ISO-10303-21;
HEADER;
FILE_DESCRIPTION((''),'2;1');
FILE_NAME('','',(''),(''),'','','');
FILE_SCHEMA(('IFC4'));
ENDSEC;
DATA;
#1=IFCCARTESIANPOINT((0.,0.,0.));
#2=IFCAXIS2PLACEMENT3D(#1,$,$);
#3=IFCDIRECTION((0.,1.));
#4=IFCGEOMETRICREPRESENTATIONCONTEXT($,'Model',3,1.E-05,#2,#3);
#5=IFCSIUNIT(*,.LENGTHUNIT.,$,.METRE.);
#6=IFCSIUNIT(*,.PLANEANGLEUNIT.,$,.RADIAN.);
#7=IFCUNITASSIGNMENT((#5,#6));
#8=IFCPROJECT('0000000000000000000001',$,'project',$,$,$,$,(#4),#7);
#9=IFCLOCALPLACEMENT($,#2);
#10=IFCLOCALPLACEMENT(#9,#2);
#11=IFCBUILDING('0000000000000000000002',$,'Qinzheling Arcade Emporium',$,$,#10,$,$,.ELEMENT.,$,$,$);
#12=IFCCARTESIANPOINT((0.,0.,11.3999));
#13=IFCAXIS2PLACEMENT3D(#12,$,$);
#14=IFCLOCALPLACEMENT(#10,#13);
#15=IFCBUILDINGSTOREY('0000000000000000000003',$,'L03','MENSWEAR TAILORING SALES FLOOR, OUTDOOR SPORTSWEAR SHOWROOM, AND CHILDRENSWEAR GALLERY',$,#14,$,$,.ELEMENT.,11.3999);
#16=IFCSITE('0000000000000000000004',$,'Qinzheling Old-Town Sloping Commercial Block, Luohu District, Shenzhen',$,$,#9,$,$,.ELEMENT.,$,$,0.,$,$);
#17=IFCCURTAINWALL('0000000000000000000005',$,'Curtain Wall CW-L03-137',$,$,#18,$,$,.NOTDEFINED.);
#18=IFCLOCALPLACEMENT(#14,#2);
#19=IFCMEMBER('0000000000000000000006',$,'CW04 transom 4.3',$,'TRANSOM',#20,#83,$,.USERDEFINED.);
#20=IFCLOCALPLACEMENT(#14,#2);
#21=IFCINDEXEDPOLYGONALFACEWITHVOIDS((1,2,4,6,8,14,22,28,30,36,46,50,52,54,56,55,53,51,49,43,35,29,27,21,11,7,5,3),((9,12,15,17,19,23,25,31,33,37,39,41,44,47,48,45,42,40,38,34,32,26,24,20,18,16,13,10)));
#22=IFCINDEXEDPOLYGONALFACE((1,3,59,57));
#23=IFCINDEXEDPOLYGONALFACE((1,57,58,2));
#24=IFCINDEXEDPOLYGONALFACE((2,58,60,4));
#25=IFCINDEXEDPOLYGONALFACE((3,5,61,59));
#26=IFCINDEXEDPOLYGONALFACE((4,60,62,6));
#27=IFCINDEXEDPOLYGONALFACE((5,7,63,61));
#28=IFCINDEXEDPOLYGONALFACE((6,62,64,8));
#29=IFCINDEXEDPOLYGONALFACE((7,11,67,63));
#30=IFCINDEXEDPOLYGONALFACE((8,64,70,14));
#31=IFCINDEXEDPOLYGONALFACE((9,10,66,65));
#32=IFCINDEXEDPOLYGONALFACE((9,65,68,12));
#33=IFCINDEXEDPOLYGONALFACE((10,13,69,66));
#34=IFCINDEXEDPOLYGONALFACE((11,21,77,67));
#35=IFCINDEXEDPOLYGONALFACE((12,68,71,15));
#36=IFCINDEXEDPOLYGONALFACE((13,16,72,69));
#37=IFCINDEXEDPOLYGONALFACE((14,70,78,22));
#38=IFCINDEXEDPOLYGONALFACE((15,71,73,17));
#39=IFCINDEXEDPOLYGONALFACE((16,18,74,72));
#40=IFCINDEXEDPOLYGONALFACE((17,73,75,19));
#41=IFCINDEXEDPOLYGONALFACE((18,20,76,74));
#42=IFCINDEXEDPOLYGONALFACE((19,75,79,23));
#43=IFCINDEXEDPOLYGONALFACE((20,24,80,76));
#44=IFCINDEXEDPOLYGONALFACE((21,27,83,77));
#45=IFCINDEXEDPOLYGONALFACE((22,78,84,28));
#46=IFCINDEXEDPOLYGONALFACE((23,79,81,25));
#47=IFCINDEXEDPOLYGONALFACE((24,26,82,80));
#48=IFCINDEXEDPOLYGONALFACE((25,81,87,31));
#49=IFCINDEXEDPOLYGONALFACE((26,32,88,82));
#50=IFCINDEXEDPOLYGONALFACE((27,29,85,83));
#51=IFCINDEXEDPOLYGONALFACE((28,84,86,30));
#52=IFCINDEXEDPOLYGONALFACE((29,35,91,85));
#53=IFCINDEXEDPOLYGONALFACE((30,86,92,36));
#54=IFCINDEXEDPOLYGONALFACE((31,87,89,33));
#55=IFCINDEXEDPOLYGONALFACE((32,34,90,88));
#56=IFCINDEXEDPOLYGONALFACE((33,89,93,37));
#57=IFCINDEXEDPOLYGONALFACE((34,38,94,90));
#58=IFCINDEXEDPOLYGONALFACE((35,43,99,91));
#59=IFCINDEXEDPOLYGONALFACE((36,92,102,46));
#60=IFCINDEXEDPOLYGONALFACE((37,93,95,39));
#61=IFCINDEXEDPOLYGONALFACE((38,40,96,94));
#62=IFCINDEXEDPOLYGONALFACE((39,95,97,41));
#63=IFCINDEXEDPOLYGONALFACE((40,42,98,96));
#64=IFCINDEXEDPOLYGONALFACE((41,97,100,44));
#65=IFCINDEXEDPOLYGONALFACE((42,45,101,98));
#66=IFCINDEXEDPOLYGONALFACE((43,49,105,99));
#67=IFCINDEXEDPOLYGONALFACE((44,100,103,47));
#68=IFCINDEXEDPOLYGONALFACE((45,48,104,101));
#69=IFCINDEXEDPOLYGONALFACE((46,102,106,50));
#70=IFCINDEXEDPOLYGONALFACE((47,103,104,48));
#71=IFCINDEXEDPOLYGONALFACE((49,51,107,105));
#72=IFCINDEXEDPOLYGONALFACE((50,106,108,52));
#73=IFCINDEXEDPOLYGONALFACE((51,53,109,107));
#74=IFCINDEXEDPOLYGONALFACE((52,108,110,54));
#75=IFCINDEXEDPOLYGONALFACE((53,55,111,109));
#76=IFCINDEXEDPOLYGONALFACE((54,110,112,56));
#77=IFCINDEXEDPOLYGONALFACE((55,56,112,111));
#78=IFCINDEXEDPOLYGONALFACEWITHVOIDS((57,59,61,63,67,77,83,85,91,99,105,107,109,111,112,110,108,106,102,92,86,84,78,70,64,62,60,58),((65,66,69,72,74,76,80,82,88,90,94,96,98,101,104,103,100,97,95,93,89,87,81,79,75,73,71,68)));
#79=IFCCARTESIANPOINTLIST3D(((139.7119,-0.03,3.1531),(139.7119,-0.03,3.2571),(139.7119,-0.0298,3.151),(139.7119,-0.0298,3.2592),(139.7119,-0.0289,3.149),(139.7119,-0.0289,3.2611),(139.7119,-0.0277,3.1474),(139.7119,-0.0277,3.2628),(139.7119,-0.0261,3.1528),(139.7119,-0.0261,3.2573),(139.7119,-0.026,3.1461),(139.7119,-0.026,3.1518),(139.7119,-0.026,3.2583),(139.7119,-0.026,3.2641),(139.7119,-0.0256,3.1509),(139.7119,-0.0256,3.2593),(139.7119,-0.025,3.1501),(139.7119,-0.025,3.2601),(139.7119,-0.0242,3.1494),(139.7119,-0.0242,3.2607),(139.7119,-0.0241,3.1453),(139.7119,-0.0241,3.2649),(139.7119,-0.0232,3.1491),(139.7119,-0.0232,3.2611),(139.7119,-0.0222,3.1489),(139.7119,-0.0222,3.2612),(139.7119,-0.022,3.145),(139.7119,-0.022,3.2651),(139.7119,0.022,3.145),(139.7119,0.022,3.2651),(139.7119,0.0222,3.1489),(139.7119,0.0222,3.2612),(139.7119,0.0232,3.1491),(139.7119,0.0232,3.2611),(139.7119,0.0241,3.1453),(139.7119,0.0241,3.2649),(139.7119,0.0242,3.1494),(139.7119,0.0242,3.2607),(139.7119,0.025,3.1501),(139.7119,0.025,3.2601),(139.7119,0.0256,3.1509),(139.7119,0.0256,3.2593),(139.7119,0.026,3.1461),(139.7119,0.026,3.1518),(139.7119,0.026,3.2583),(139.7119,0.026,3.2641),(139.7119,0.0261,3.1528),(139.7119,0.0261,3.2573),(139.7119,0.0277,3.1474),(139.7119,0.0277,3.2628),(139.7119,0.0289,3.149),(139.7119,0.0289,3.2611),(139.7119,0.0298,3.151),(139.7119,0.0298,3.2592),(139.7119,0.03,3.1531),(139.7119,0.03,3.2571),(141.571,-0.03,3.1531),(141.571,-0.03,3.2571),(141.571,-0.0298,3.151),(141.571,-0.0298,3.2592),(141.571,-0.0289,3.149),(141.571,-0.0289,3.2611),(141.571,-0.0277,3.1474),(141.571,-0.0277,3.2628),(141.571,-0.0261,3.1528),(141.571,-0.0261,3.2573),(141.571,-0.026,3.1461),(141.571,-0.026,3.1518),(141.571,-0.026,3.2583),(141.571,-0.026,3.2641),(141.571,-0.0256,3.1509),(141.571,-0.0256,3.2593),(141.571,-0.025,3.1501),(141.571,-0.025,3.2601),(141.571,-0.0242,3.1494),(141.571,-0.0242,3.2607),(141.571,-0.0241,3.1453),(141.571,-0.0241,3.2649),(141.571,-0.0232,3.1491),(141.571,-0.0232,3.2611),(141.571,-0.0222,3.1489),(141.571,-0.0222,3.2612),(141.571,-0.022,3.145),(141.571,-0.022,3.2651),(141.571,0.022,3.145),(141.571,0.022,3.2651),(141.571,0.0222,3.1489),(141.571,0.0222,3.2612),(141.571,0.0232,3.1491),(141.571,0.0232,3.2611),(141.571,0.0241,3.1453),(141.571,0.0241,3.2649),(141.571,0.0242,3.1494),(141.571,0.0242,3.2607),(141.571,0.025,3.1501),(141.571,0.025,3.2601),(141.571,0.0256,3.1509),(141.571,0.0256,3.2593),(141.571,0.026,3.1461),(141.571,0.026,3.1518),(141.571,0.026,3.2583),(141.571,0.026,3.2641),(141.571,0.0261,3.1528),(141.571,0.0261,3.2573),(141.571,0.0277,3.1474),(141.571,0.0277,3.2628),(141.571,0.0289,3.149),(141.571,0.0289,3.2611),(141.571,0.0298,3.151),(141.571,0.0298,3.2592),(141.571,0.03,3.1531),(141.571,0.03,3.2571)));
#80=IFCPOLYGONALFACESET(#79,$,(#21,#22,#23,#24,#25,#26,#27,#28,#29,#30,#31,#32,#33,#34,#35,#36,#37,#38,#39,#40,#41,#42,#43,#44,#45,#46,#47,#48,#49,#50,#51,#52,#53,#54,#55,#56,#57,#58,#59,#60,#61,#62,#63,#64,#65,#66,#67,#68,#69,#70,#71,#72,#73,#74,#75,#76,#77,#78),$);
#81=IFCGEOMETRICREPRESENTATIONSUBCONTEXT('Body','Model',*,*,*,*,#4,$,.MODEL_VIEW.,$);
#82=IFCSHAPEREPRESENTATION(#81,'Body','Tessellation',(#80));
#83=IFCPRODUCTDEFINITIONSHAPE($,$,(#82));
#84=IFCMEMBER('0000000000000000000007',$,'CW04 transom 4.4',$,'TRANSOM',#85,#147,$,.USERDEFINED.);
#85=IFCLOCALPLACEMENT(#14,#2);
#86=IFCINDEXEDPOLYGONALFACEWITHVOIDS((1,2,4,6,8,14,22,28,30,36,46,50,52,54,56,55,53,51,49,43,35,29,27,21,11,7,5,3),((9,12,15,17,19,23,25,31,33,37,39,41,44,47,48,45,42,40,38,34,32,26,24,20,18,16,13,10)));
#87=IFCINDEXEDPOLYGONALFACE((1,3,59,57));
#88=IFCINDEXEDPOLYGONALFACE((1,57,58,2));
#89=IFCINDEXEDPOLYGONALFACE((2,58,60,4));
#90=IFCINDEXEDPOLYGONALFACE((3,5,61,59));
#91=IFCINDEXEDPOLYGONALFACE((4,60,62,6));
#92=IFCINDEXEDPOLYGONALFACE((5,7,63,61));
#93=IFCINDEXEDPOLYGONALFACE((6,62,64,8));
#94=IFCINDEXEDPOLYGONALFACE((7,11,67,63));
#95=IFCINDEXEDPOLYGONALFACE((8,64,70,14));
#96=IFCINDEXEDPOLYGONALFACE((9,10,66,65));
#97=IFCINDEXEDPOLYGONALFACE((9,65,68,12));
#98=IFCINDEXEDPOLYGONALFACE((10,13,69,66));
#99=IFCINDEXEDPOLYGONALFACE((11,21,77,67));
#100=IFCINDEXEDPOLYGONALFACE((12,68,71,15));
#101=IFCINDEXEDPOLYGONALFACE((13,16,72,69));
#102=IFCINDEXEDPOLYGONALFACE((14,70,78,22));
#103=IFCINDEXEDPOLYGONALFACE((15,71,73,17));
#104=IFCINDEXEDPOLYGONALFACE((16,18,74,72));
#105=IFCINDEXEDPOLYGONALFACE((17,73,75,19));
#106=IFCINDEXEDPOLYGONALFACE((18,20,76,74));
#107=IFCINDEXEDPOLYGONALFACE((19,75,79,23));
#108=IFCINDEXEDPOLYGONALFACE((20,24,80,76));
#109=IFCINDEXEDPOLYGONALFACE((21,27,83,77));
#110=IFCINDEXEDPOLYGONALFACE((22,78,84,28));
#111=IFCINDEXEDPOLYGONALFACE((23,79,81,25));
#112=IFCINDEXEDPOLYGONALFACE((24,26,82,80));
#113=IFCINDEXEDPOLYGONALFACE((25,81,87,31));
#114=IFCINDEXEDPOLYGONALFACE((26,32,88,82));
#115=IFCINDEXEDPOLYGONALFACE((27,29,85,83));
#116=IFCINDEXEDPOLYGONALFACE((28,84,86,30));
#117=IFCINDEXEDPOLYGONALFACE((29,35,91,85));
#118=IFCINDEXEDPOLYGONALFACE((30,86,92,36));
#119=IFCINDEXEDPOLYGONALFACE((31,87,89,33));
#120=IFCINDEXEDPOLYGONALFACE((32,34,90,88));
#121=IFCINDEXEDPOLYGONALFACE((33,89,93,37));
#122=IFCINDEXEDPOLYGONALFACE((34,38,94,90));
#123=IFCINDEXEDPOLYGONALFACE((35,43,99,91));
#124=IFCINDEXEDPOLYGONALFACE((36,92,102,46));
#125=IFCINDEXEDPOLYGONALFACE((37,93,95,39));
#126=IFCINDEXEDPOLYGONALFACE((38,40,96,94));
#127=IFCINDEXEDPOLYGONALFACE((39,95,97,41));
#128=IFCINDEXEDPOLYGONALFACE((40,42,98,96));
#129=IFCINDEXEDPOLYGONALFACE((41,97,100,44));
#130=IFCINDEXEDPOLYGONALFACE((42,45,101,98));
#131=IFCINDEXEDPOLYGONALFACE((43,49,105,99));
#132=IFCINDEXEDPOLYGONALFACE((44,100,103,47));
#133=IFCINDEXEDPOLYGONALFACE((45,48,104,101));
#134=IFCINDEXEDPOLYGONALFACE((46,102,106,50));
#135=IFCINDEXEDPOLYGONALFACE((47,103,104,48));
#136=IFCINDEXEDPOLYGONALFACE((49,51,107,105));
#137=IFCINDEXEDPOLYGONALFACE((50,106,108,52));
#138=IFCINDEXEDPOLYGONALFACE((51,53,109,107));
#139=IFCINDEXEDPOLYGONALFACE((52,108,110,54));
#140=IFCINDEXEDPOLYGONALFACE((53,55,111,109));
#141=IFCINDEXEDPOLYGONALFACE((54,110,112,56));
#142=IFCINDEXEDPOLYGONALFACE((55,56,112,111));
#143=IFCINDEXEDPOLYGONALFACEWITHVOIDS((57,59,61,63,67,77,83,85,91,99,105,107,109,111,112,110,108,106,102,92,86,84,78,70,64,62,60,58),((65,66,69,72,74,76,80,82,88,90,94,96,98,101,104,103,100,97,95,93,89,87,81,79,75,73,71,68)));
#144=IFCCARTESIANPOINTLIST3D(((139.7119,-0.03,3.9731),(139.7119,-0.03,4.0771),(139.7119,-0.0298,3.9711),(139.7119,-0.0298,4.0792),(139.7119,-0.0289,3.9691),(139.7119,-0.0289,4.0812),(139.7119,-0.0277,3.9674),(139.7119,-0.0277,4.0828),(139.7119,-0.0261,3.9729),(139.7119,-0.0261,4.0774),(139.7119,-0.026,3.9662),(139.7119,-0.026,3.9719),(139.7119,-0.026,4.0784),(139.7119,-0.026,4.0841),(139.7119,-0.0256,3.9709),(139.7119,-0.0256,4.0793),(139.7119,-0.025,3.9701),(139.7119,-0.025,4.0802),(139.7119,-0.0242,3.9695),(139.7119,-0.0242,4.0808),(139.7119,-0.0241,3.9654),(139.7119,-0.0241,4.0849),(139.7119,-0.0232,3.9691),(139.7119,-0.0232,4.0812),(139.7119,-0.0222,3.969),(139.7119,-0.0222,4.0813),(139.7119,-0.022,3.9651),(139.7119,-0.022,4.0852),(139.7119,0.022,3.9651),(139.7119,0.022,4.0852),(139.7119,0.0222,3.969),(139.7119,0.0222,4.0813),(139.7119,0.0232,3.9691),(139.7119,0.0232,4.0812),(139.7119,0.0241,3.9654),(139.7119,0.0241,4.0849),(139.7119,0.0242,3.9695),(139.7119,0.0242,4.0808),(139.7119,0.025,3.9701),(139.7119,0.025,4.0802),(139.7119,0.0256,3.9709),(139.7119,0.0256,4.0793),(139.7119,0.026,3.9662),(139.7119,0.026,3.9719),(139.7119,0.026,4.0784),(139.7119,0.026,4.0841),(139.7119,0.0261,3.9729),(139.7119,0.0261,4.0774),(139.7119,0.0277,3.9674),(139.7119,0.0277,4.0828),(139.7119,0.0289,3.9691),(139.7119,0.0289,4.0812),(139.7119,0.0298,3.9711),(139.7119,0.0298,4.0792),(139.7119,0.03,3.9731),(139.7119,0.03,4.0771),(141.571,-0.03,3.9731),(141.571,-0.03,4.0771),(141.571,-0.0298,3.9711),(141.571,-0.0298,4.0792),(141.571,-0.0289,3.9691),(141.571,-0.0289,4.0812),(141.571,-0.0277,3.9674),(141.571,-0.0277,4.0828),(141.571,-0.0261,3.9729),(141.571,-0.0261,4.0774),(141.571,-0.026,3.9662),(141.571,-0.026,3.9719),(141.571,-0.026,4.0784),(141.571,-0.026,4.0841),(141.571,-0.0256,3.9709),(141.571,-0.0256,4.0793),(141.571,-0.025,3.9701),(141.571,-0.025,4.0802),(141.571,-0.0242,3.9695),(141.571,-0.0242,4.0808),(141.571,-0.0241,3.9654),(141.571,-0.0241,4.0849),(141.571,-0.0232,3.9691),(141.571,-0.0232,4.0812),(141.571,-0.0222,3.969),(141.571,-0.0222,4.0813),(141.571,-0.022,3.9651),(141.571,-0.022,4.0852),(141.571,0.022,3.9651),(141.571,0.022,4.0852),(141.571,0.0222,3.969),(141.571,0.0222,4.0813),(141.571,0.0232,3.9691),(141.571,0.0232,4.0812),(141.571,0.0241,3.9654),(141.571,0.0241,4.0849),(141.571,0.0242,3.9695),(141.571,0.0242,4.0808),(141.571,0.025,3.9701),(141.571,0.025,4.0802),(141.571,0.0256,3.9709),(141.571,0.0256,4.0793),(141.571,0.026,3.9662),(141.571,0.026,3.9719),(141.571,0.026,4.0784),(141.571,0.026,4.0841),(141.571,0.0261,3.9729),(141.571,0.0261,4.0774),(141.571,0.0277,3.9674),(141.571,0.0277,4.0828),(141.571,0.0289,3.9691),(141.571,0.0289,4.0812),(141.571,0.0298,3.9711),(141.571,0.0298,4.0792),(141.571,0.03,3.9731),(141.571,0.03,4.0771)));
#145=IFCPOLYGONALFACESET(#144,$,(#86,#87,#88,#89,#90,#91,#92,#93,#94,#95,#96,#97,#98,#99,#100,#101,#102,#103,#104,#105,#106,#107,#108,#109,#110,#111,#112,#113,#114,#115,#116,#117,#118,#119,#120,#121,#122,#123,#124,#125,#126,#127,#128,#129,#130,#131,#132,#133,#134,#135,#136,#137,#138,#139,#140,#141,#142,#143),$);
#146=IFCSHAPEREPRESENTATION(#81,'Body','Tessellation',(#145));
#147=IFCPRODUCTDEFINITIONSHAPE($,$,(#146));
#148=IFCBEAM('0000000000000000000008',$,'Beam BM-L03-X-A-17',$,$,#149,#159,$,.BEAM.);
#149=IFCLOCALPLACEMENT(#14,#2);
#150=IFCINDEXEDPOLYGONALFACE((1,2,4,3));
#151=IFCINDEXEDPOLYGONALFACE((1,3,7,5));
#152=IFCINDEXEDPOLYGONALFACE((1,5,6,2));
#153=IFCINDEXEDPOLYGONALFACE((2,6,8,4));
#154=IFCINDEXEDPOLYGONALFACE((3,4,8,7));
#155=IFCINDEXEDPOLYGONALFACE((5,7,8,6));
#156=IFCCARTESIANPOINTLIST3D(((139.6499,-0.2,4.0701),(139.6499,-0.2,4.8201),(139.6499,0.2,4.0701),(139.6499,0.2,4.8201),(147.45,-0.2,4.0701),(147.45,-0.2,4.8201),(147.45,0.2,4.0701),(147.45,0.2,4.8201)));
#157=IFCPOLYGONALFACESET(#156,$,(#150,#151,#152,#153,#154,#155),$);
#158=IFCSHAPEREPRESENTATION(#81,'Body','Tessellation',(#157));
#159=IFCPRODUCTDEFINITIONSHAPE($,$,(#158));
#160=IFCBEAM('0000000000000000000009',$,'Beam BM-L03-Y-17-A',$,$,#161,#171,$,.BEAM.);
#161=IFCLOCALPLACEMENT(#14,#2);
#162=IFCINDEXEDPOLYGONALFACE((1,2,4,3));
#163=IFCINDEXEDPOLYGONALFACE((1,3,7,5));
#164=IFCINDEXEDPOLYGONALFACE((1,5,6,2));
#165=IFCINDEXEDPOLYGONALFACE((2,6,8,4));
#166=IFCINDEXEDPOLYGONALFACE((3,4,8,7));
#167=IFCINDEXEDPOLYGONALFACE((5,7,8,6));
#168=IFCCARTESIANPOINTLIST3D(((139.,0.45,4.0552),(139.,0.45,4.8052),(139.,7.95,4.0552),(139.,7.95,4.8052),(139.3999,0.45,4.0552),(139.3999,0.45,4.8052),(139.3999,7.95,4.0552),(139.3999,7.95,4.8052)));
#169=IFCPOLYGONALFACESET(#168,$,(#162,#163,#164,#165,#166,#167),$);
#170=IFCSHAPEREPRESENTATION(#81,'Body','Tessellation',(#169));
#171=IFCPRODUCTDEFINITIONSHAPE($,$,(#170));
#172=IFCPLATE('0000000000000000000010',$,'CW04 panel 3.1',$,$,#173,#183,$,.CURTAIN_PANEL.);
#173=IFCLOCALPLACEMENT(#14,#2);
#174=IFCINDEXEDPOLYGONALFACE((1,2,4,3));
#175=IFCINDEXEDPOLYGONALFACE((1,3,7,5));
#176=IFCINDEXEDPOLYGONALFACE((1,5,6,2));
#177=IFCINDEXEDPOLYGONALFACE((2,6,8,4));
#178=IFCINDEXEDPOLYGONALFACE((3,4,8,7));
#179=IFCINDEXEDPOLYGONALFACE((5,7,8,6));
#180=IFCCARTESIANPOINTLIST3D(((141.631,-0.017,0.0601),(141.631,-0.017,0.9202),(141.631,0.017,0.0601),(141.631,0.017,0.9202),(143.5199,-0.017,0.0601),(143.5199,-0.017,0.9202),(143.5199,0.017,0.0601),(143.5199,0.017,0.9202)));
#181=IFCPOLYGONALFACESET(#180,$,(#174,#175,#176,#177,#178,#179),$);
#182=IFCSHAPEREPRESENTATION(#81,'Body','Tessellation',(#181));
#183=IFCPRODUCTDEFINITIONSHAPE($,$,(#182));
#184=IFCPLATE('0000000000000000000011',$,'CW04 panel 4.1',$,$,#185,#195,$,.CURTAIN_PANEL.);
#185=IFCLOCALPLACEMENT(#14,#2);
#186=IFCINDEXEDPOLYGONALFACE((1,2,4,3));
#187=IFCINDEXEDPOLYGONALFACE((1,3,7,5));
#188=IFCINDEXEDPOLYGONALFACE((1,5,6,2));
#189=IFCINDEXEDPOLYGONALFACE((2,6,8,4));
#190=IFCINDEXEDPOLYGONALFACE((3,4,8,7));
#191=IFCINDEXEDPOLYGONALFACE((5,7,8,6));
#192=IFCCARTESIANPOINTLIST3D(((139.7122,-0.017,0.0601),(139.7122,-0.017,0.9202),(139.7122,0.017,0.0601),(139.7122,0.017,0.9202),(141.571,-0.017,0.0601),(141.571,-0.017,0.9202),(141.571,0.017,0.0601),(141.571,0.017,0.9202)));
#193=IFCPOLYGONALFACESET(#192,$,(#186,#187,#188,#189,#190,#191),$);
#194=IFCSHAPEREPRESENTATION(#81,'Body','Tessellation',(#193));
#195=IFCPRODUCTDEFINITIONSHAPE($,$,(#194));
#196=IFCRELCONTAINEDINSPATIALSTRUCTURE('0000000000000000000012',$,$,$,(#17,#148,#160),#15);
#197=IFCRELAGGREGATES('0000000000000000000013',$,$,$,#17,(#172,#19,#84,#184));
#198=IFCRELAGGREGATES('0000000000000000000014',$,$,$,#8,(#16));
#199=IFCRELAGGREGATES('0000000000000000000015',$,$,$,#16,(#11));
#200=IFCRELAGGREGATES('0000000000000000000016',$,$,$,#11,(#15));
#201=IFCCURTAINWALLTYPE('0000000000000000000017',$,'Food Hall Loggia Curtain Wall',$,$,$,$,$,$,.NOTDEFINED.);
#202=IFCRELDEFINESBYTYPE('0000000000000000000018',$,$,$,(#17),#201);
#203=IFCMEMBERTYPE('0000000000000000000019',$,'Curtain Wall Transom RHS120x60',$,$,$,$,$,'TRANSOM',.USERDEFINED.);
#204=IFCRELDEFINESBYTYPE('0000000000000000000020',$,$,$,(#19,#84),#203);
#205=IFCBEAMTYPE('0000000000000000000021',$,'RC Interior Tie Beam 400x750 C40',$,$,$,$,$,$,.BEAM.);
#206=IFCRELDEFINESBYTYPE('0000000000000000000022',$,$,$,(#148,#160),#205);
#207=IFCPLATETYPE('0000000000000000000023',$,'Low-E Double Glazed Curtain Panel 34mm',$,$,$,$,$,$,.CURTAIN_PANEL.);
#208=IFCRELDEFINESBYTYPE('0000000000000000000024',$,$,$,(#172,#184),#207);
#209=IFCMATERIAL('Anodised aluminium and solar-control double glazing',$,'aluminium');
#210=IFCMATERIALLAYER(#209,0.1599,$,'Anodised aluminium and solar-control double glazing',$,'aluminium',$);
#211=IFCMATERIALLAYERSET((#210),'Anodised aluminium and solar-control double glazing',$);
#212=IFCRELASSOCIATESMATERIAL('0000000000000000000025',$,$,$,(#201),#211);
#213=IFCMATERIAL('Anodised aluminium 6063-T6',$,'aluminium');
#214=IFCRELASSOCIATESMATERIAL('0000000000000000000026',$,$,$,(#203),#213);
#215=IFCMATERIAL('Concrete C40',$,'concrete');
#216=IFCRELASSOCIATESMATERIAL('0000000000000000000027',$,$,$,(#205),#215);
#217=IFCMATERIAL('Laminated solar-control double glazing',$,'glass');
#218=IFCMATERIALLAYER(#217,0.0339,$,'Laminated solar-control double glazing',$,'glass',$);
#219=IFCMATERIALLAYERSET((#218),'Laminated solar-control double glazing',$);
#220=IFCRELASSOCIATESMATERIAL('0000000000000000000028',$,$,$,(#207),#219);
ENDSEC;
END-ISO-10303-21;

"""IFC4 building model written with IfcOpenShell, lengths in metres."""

from ifc_helpers import new_model, si_unit, direction, frame, origin, origin_2d, place, context, subcontext, project, spatial, rectangle, hollow_rectangle, extrude, material, layer, layer_set, material_profile, profile_set, type_object, element, aggregate, save


model = new_model("IFC4")

# Units and contexts
model_context = context("Model", 3, precision=1e-05, world=origin(), true_north=direction((0.0, 1.0)))
body_context = subcontext(model_context, "Body", "Model", "MODEL_VIEW")
ifc_project = project(units=[si_unit("LENGTHUNIT", "METRE"), si_unit("PLANEANGLEUNIT", "RADIAN")], contexts=[model_context])

# Site, building, storey
site_placement = place(None, origin())
site = spatial("IfcSite", under=ifc_project, at=site_placement, Name="Qinzheling Old-Town Sloping Commercial Block, Luohu District, Shenzhen", CompositionType="ELEMENT", RefElevation=0.0)
building_placement = place(site_placement, origin())
building = spatial("IfcBuilding", under=site, at=building_placement, Name="Qinzheling Arcade Emporium", CompositionType="ELEMENT")
storey_placement = place(building_placement, frame((0.0, 0.0, 11.3999)))
storey = spatial("IfcBuildingStorey", under=building, at=storey_placement, Name="L03", Description="MENSWEAR TAILORING SALES FLOOR, OUTDOOR SPORTSWEAR SHOWROOM, AND CHILDRENSWEAR GALLERY", CompositionType="ELEMENT", Elevation=11.3999)

# Curtain wall, members
ifc_material_1 = material(Name="Anodised aluminium and solar-control double glazing", Category="aluminium")
ifc_layer_1 = layer(ifc_material_1, 0.1599, Name="Anodised aluminium and solar-control double glazing", Category="aluminium")
ifc_layer_set_1 = layer_set([ifc_layer_1], Name="Anodised aluminium and solar-control double glazing")
curtain_wall_type = type_object("IfcCurtainWallType", Name="Food Hall Loggia Curtain Wall", PredefinedType="NOTDEFINED", material=ifc_layer_set_1)
curtain_wall_placement = place(storey_placement, origin())
curtain_wall = element("IfcCurtainWall", 1, at=curtain_wall_placement, inside=storey, type_object=curtain_wall_type, Name="Curtain Wall CW-L03-137", PredefinedType="NOTDEFINED")
ifc_material_2 = material(Name="Anodised aluminium 6063-T6", Category="aluminium")
ifc_material_profile_1 = material_profile(ifc_material_2, hollow_rectangle(XDim=0.0601, YDim=0.1201, WallThickness=0.0039, InnerFilletRadius=0.0039, OuterFilletRadius=0.0081, at=origin_2d()), Name="RHS 120x60x4", Category="aluminium")
ifc_profile_set_1 = profile_set([ifc_material_profile_1], Name="Anodised aluminium 6063-T6")
member_type_1 = type_object("IfcMemberType", Name="Curtain Wall Transom RHS120x60", ElementType="TRANSOM", PredefinedType="USERDEFINED", material=ifc_profile_set_1)
member_1_placement = place(storey_placement, frame((141.571, 0.0, 3.2051), z_axis=(-1.0, 0.0, 0.0), x_axis=(0.0, -1.0, 0.0)))
member_1 = element("IfcMember", 2, at=member_1_placement, type_object=member_type_1, Name="CW04 transom 4.3", ObjectType="TRANSOM", PredefinedType="USERDEFINED", context=body_context, shape_type="SweptSolid", body=[
    extrude(hollow_rectangle(XDim=0.0601, YDim=0.1201, WallThickness=0.0039, InnerFilletRadius=0.0039, OuterFilletRadius=0.0081, at=origin_2d()), origin(), (0.0, 0.0, 1.0), 1.8591),
])
member_2_placement = place(storey_placement, frame((141.571, 0.0, 4.0251), z_axis=(-1.0, 0.0, 0.0), x_axis=(0.0, -1.0, 0.0)))
member_2 = element("IfcMember", 3, at=member_2_placement, type_object=member_type_1, Name="CW04 transom 4.4", ObjectType="TRANSOM", PredefinedType="USERDEFINED", context=body_context, shape_type="SweptSolid", body=[
    extrude(hollow_rectangle(XDim=0.0601, YDim=0.1201, WallThickness=0.0039, InnerFilletRadius=0.0039, OuterFilletRadius=0.0081, at=origin_2d()), origin(), (0.0, 0.0, 1.0), 1.8591),
])

# Beams
ifc_material_3 = material(Name="Concrete C40", Category="concrete")
ifc_material_profile_2 = material_profile(ifc_material_3, rectangle(XDim=0.3999, YDim=0.75, at=origin_2d()), Name="RC 400x750", Category="concrete")
ifc_profile_set_2 = profile_set([ifc_material_profile_2], Name="Concrete C40")
beam_type = type_object("IfcBeamType", Name="RC Interior Tie Beam 400x750 C40", PredefinedType="BEAM", material=ifc_profile_set_2)
beam_1_placement = place(storey_placement, frame((139.6499, 0.0, 4.4451), z_axis=(1.0, 0.0, 0.0), x_axis=(0.0, 1.0, 0.0)))
element("IfcBeam", 4, at=beam_1_placement, inside=storey, type_object=beam_type, Name="Beam BM-L03-X-A-17", PredefinedType="BEAM", context=body_context, shape_type="SweptSolid", body=[
    extrude(rectangle(XDim=0.3999, YDim=0.75, at=origin_2d()), origin(), (0.0, 0.0, 1.0), 7.8),
])
beam_2_placement = place(storey_placement, frame((139.2, 0.45, 4.4302), z_axis=(0.0, 1.0, 0.0), x_axis=(-1.0, 0.0, 0.0)))
element("IfcBeam", 5, at=beam_2_placement, inside=storey, type_object=beam_type, Name="Beam BM-L03-Y-17-A", PredefinedType="BEAM", context=body_context, shape_type="SweptSolid", body=[
    extrude(rectangle(XDim=0.3999, YDim=0.75, at=origin_2d()), origin(), (0.0, 0.0, 1.0), 7.5),
])

# Plates
ifc_material_4 = material(Name="Laminated solar-control double glazing", Category="glass")
ifc_layer_2 = layer(ifc_material_4, 0.0339, Name="Laminated solar-control double glazing", Category="glass")
ifc_layer_set_2 = layer_set([ifc_layer_2], Name="Laminated solar-control double glazing")
plate_type = type_object("IfcPlateType", Name="Low-E Double Glazed Curtain Panel 34mm", PredefinedType="CURTAIN_PANEL", material=ifc_layer_set_2)
plate_1_placement = place(storey_placement, frame((142.5754, 0.0, 0.0601), z_axis=(0.0, 0.0, 1.0), x_axis=(-1.0, 0.0, 0.0)))
plate_1 = element("IfcPlate", 6, at=plate_1_placement, type_object=plate_type, Name="CW04 panel 3.1", PredefinedType="CURTAIN_PANEL", context=body_context, shape_type="SweptSolid", body=[
    extrude(rectangle(XDim=1.8889, YDim=0.0339, at=origin_2d()), origin(), (0.0, 0.0, 1.0), 0.8601),
])
plate_2_placement = place(storey_placement, frame((140.6416, 0.0, 0.0601), z_axis=(0.0, 0.0, 1.0), x_axis=(-1.0, 0.0, 0.0)))
plate_2 = element("IfcPlate", 7, at=plate_2_placement, type_object=plate_type, Name="CW04 panel 4.1", PredefinedType="CURTAIN_PANEL", context=body_context, shape_type="SweptSolid", body=[
    extrude(rectangle(XDim=1.8589, YDim=0.0339, at=origin_2d()), origin(), (0.0, 0.0, 1.0), 0.8601),
])
aggregate(curtain_wall, [plate_1, member_1, member_2, plate_2])

save(model, "model.ifc")
